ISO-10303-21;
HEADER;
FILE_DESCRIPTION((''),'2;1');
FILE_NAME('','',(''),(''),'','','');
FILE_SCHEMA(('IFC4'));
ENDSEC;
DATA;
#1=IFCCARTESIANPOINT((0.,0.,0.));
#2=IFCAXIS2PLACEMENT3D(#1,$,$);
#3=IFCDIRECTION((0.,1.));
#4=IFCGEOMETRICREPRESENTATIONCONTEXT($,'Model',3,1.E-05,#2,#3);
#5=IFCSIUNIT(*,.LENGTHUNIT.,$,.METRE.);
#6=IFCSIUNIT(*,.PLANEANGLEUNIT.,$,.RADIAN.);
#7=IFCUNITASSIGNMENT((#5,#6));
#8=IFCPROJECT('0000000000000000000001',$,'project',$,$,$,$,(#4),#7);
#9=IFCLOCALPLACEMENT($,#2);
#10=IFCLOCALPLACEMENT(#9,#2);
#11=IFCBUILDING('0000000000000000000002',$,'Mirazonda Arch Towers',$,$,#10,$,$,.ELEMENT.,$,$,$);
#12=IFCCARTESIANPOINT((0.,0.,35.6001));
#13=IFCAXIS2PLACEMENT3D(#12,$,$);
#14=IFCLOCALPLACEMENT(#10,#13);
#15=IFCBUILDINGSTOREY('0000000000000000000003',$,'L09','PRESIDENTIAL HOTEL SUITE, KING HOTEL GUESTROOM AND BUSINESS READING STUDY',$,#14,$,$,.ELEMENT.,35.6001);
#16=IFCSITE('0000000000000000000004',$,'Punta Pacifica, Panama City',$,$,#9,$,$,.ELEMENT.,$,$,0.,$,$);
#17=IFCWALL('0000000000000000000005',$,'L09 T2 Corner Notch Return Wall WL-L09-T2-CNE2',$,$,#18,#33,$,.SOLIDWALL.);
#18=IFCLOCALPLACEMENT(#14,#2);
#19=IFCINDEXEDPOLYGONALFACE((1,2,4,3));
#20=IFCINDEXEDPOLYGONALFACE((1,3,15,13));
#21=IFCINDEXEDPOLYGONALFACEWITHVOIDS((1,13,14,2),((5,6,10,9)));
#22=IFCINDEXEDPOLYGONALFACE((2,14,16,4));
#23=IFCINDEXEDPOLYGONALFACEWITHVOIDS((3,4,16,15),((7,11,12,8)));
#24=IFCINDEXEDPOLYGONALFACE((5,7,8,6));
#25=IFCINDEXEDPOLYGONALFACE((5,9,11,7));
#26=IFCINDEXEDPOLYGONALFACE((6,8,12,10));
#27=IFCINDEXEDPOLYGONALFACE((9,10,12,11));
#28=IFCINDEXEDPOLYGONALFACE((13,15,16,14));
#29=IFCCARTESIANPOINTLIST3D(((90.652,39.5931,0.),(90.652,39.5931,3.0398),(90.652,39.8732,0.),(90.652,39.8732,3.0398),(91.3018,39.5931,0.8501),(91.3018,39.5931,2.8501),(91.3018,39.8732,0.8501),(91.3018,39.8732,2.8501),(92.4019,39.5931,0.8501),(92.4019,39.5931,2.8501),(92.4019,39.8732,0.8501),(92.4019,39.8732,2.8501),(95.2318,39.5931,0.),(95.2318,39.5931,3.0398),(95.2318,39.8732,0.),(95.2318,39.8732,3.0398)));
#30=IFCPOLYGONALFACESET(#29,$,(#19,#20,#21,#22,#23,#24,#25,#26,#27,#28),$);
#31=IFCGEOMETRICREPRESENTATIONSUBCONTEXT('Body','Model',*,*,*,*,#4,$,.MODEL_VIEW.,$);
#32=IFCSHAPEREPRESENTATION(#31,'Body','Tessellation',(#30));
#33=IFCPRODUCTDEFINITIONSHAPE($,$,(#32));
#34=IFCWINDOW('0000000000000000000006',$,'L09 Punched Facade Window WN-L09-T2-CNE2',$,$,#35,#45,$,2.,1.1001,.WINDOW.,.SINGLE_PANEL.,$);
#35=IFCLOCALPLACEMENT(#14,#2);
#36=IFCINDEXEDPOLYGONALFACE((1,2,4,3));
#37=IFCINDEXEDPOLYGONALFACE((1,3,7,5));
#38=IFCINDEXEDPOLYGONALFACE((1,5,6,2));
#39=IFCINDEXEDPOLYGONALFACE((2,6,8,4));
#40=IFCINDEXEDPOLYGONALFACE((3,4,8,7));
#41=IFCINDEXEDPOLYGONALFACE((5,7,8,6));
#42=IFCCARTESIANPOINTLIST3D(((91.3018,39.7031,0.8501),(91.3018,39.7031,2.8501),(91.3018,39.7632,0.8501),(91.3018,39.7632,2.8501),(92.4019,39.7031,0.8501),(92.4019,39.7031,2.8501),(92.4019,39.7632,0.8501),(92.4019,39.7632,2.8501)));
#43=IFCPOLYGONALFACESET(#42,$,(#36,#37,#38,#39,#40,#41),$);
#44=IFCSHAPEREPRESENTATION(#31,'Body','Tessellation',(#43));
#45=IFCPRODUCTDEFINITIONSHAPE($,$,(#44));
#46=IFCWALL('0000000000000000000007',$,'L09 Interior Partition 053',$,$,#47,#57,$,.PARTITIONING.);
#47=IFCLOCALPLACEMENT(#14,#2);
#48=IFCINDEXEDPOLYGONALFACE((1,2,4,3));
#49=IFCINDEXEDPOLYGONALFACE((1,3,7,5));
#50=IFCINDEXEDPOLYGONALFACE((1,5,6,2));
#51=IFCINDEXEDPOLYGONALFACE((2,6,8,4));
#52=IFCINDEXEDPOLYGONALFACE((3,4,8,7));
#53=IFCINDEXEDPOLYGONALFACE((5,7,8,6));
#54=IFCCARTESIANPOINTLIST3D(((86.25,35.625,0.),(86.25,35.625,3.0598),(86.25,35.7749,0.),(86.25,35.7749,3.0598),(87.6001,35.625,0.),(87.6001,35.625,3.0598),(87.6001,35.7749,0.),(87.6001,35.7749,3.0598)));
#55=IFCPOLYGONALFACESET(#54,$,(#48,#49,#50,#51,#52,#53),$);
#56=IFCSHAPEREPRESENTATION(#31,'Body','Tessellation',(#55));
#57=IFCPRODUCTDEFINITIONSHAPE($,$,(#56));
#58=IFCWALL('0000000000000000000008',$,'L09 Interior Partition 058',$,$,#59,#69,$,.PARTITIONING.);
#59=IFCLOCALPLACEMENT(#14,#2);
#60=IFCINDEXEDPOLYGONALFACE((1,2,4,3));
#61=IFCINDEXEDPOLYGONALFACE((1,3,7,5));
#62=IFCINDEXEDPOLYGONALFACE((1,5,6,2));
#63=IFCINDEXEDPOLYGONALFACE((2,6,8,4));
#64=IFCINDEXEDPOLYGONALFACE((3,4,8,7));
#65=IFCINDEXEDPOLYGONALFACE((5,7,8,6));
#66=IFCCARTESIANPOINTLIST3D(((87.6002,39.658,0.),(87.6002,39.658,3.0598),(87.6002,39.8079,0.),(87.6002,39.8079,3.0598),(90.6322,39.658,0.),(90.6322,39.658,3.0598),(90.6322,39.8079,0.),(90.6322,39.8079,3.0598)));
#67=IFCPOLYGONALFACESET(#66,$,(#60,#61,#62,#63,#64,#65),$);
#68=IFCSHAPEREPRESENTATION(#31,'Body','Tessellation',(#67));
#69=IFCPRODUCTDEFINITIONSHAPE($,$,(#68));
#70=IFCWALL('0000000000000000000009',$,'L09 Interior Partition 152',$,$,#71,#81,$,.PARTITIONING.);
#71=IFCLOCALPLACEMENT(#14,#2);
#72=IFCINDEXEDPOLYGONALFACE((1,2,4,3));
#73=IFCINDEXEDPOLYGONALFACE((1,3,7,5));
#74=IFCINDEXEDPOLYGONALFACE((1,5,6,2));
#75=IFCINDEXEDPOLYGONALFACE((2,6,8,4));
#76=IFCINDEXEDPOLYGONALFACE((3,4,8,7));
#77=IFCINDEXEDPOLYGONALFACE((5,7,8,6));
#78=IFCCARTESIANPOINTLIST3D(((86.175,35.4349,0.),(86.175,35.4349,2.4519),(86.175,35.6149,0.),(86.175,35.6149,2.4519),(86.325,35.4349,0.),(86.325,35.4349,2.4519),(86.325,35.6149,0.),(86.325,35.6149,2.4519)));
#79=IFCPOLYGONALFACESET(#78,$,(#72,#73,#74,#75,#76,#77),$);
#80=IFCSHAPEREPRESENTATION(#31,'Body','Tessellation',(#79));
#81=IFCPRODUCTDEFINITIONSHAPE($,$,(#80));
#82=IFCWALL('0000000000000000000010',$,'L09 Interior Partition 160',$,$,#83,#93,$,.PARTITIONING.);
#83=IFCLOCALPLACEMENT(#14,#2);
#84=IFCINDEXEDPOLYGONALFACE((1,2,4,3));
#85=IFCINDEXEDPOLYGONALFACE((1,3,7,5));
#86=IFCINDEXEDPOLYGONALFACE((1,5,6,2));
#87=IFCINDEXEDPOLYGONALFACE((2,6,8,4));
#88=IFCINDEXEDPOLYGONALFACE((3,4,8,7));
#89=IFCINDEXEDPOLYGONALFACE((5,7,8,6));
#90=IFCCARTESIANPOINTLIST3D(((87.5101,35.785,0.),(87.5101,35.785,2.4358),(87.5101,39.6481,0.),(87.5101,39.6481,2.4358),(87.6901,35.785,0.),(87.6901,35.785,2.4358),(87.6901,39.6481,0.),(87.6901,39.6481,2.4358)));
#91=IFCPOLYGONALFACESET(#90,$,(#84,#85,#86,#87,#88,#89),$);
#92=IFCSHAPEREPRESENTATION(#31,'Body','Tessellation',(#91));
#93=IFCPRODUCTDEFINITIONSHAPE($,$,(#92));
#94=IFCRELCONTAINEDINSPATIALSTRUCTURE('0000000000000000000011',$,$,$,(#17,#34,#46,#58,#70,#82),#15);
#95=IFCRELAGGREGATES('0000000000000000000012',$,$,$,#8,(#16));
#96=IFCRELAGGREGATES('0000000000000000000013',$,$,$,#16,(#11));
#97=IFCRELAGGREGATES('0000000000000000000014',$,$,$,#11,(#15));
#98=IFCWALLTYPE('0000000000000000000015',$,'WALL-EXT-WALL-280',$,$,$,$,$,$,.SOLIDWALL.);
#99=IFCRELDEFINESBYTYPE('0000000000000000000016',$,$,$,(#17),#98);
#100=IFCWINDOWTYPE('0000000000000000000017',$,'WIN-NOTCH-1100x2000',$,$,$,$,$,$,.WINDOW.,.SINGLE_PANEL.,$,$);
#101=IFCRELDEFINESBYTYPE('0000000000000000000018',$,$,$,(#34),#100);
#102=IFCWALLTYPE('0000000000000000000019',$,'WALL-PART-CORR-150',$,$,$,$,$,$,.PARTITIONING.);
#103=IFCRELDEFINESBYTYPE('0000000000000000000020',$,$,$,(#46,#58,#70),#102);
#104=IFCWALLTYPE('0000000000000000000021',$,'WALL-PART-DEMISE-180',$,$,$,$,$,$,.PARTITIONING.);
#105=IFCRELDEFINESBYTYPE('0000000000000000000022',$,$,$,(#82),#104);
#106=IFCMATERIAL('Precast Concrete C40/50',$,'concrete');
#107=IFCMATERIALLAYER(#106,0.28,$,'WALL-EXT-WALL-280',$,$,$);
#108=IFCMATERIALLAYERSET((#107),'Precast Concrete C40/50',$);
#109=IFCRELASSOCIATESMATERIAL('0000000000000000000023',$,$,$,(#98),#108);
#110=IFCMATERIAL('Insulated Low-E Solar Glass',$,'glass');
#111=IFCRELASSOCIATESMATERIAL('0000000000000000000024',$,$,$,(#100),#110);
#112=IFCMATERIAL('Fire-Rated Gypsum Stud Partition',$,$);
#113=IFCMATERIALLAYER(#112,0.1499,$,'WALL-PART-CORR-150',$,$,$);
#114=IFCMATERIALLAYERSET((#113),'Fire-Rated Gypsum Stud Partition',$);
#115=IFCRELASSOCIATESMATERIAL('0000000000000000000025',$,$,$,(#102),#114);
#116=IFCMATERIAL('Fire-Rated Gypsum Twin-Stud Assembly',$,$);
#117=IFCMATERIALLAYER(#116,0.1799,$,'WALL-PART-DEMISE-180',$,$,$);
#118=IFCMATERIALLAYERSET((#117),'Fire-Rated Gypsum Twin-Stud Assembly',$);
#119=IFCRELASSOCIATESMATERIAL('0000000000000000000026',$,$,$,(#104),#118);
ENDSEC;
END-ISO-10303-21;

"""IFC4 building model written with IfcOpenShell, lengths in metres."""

from ifc_helpers import new_model, si_unit, direction, frame, frame_2d, origin, place, context, subcontext, project, spatial, rectangle, extrude, material, layer, layer_set, type_object, element, fill, save


model = new_model("IFC4")

# Units and contexts
model_context = context("Model", 3, precision=1e-05, world=origin(), true_north=direction((0.0, 1.0)))
body_context = subcontext(model_context, "Body", "Model", "MODEL_VIEW")
ifc_project = project(units=[si_unit("LENGTHUNIT", "METRE"), si_unit("PLANEANGLEUNIT", "RADIAN")], contexts=[model_context])

# Site, building, storey
site_placement = place(None, origin())
site = spatial("IfcSite", under=ifc_project, at=site_placement, Name="Punta Pacifica, Panama City", CompositionType="ELEMENT", RefElevation=0.0)
building_placement = place(site_placement, origin())
building = spatial("IfcBuilding", under=site, at=building_placement, Name="Mirazonda Arch Towers", CompositionType="ELEMENT")
storey_placement = place(building_placement, frame((0.0, 0.0, 35.6001)))
storey = spatial("IfcBuildingStorey", under=building, at=storey_placement, Name="L09", Description="PRESIDENTIAL HOTEL SUITE, KING HOTEL GUESTROOM AND BUSINESS READING STUDY", CompositionType="ELEMENT", Elevation=35.6001)

# Shared definitions
ifc_material_1 = material(Name="Insulated Low-E Solar Glass", Category="glass")

# Wall, opening, window
ifc_material_2 = material(Name="Precast Concrete C40/50", Category="concrete")
ifc_layer_1 = layer(ifc_material_2, 0.28, Name="WALL-EXT-WALL-280")
ifc_layer_set_1 = layer_set([ifc_layer_1], Name="Precast Concrete C40/50")
wall_type_1 = type_object("IfcWallType", Name="WALL-EXT-WALL-280", PredefinedType="SOLIDWALL", material=ifc_layer_set_1)
window_type = type_object("IfcWindowType", Name="WIN-NOTCH-1100x2000", PartitioningType="SINGLE_PANEL", PredefinedType="WINDOW", material=ifc_material_1)
wall_1_placement = place(storey_placement, frame((95.2319, 39.7332, 0.0), z_axis=(0.0, 0.0, 1.0), x_axis=(-1.0, 0.0, 0.0)))
wall_1 = element("IfcWall", 1, at=wall_1_placement, inside=storey, type_object=wall_type_1, Name="L09 T2 Corner Notch Return Wall WL-L09-T2-CNE2", PredefinedType="SOLIDWALL", context=body_context, shape_type="SweptSolid", body=[
    extrude(rectangle(XDim=4.5798, YDim=0.28, at=frame_2d((2.29, 0.0))), origin(), (0.0, 0.0, 1.0), 3.0398),
])
opening_1_placement = place(wall_1_placement, frame((2.8301, 0.0, 0.8501)))
opening_1 = element("IfcOpeningElement", 2, at=opening_1_placement, cuts=wall_1, PredefinedType="OPENING", context=body_context, shape_type="SweptSolid", body=[
    extrude(rectangle(XDim=1.1001, YDim=2.0, at=frame_2d((0.55, 1.0))), frame((0.0, 0.1499, 0.0), z_axis=(0.0, -1.0, 0.0), x_axis=(1.0, 0.0, 0.0)), (0.0, 0.0, 1.0), 0.3),
])
window_1_placement = place(opening_1_placement, origin())
window_1 = element("IfcWindow", 3, at=window_1_placement, inside=storey, type_object=window_type, Name="L09 Punched Facade Window WN-L09-T2-CNE2", OverallHeight=2.0, OverallWidth=1.1001, PartitioningType="SINGLE_PANEL", PredefinedType="WINDOW", context=body_context, shape_type="SweptSolid", body=[
    extrude(rectangle(XDim=1.1001, YDim=2.0, at=frame_2d((0.55, 1.0))), frame((0.0, 0.03, 0.0), z_axis=(0.0, -1.0, 0.0), x_axis=(1.0, 0.0, 0.0)), (0.0, 0.0, 1.0), 0.0601),
])
fill(opening_1, window_1)

# Walls
ifc_material_3 = material(Name="Fire-Rated Gypsum Stud Partition")
ifc_layer_2 = layer(ifc_material_3, 0.1499, Name="WALL-PART-CORR-150")
ifc_layer_set_2 = layer_set([ifc_layer_2], Name="Fire-Rated Gypsum Stud Partition")
wall_type_2 = type_object("IfcWallType", Name="WALL-PART-CORR-150", PredefinedType="PARTITIONING", material=ifc_layer_set_2)
wall_2_placement = place(storey_placement, frame((86.25, 35.7, 0.0), z_axis=(0.0, 0.0, 1.0), x_axis=(1.0, 0.0, 0.0)))
element("IfcWall", 4, at=wall_2_placement, inside=storey, type_object=wall_type_2, Name="L09 Interior Partition 053", PredefinedType="PARTITIONING", context=body_context, shape_type="SweptSolid", body=[
    extrude(rectangle(XDim=1.3501, YDim=0.1499, at=frame_2d((0.675, 0.0))), origin(), (0.0, 0.0, 1.0), 3.0598),
])
wall_3_placement = place(storey_placement, frame((87.6001, 39.7329, 0.0), z_axis=(0.0, 0.0, 1.0), x_axis=(1.0, 0.0, 0.0)))
element("IfcWall", 5, at=wall_3_placement, inside=storey, type_object=wall_type_2, Name="L09 Interior Partition 058", PredefinedType="PARTITIONING", context=body_context, shape_type="SweptSolid", body=[
    extrude(rectangle(XDim=3.032, YDim=0.1499, at=frame_2d((1.5161, 0.0))), origin(), (0.0, 0.0, 1.0), 3.0598),
])
wall_4_placement = place(storey_placement, frame((86.25, 35.4351, 0.0), z_axis=(0.0, 0.0, 1.0), x_axis=(0.0, 1.0, 0.0)))
element("IfcWall", 6, at=wall_4_placement, inside=storey, type_object=wall_type_2, Name="L09 Interior Partition 152", PredefinedType="PARTITIONING", context=body_context, shape_type="SweptSolid", body=[
    extrude(rectangle(XDim=0.1799, YDim=0.1499, at=frame_2d((0.0898, 0.0))), origin(), (0.0, 0.0, 1.0), 2.4519),
])
ifc_material_4 = material(Name="Fire-Rated Gypsum Twin-Stud Assembly")
ifc_layer_3 = layer(ifc_material_4, 0.1799, Name="WALL-PART-DEMISE-180")
ifc_layer_set_3 = layer_set([ifc_layer_3], Name="Fire-Rated Gypsum Twin-Stud Assembly")
wall_type_3 = type_object("IfcWallType", Name="WALL-PART-DEMISE-180", PredefinedType="PARTITIONING", material=ifc_layer_set_3)
wall_5_placement = place(storey_placement, frame((87.6001, 35.7849, 0.0), z_axis=(0.0, 0.0, 1.0), x_axis=(0.0, 1.0, 0.0)))
element("IfcWall", 7, at=wall_5_placement, inside=storey, type_object=wall_type_3, Name="L09 Interior Partition 160", PredefinedType="PARTITIONING", context=body_context, shape_type="SweptSolid", body=[
    extrude(rectangle(XDim=3.863, YDim=0.1799, at=frame_2d((1.9316, 0.0))), origin(), (0.0, 0.0, 1.0), 2.4358),
])

save(model, "model.ifc")
